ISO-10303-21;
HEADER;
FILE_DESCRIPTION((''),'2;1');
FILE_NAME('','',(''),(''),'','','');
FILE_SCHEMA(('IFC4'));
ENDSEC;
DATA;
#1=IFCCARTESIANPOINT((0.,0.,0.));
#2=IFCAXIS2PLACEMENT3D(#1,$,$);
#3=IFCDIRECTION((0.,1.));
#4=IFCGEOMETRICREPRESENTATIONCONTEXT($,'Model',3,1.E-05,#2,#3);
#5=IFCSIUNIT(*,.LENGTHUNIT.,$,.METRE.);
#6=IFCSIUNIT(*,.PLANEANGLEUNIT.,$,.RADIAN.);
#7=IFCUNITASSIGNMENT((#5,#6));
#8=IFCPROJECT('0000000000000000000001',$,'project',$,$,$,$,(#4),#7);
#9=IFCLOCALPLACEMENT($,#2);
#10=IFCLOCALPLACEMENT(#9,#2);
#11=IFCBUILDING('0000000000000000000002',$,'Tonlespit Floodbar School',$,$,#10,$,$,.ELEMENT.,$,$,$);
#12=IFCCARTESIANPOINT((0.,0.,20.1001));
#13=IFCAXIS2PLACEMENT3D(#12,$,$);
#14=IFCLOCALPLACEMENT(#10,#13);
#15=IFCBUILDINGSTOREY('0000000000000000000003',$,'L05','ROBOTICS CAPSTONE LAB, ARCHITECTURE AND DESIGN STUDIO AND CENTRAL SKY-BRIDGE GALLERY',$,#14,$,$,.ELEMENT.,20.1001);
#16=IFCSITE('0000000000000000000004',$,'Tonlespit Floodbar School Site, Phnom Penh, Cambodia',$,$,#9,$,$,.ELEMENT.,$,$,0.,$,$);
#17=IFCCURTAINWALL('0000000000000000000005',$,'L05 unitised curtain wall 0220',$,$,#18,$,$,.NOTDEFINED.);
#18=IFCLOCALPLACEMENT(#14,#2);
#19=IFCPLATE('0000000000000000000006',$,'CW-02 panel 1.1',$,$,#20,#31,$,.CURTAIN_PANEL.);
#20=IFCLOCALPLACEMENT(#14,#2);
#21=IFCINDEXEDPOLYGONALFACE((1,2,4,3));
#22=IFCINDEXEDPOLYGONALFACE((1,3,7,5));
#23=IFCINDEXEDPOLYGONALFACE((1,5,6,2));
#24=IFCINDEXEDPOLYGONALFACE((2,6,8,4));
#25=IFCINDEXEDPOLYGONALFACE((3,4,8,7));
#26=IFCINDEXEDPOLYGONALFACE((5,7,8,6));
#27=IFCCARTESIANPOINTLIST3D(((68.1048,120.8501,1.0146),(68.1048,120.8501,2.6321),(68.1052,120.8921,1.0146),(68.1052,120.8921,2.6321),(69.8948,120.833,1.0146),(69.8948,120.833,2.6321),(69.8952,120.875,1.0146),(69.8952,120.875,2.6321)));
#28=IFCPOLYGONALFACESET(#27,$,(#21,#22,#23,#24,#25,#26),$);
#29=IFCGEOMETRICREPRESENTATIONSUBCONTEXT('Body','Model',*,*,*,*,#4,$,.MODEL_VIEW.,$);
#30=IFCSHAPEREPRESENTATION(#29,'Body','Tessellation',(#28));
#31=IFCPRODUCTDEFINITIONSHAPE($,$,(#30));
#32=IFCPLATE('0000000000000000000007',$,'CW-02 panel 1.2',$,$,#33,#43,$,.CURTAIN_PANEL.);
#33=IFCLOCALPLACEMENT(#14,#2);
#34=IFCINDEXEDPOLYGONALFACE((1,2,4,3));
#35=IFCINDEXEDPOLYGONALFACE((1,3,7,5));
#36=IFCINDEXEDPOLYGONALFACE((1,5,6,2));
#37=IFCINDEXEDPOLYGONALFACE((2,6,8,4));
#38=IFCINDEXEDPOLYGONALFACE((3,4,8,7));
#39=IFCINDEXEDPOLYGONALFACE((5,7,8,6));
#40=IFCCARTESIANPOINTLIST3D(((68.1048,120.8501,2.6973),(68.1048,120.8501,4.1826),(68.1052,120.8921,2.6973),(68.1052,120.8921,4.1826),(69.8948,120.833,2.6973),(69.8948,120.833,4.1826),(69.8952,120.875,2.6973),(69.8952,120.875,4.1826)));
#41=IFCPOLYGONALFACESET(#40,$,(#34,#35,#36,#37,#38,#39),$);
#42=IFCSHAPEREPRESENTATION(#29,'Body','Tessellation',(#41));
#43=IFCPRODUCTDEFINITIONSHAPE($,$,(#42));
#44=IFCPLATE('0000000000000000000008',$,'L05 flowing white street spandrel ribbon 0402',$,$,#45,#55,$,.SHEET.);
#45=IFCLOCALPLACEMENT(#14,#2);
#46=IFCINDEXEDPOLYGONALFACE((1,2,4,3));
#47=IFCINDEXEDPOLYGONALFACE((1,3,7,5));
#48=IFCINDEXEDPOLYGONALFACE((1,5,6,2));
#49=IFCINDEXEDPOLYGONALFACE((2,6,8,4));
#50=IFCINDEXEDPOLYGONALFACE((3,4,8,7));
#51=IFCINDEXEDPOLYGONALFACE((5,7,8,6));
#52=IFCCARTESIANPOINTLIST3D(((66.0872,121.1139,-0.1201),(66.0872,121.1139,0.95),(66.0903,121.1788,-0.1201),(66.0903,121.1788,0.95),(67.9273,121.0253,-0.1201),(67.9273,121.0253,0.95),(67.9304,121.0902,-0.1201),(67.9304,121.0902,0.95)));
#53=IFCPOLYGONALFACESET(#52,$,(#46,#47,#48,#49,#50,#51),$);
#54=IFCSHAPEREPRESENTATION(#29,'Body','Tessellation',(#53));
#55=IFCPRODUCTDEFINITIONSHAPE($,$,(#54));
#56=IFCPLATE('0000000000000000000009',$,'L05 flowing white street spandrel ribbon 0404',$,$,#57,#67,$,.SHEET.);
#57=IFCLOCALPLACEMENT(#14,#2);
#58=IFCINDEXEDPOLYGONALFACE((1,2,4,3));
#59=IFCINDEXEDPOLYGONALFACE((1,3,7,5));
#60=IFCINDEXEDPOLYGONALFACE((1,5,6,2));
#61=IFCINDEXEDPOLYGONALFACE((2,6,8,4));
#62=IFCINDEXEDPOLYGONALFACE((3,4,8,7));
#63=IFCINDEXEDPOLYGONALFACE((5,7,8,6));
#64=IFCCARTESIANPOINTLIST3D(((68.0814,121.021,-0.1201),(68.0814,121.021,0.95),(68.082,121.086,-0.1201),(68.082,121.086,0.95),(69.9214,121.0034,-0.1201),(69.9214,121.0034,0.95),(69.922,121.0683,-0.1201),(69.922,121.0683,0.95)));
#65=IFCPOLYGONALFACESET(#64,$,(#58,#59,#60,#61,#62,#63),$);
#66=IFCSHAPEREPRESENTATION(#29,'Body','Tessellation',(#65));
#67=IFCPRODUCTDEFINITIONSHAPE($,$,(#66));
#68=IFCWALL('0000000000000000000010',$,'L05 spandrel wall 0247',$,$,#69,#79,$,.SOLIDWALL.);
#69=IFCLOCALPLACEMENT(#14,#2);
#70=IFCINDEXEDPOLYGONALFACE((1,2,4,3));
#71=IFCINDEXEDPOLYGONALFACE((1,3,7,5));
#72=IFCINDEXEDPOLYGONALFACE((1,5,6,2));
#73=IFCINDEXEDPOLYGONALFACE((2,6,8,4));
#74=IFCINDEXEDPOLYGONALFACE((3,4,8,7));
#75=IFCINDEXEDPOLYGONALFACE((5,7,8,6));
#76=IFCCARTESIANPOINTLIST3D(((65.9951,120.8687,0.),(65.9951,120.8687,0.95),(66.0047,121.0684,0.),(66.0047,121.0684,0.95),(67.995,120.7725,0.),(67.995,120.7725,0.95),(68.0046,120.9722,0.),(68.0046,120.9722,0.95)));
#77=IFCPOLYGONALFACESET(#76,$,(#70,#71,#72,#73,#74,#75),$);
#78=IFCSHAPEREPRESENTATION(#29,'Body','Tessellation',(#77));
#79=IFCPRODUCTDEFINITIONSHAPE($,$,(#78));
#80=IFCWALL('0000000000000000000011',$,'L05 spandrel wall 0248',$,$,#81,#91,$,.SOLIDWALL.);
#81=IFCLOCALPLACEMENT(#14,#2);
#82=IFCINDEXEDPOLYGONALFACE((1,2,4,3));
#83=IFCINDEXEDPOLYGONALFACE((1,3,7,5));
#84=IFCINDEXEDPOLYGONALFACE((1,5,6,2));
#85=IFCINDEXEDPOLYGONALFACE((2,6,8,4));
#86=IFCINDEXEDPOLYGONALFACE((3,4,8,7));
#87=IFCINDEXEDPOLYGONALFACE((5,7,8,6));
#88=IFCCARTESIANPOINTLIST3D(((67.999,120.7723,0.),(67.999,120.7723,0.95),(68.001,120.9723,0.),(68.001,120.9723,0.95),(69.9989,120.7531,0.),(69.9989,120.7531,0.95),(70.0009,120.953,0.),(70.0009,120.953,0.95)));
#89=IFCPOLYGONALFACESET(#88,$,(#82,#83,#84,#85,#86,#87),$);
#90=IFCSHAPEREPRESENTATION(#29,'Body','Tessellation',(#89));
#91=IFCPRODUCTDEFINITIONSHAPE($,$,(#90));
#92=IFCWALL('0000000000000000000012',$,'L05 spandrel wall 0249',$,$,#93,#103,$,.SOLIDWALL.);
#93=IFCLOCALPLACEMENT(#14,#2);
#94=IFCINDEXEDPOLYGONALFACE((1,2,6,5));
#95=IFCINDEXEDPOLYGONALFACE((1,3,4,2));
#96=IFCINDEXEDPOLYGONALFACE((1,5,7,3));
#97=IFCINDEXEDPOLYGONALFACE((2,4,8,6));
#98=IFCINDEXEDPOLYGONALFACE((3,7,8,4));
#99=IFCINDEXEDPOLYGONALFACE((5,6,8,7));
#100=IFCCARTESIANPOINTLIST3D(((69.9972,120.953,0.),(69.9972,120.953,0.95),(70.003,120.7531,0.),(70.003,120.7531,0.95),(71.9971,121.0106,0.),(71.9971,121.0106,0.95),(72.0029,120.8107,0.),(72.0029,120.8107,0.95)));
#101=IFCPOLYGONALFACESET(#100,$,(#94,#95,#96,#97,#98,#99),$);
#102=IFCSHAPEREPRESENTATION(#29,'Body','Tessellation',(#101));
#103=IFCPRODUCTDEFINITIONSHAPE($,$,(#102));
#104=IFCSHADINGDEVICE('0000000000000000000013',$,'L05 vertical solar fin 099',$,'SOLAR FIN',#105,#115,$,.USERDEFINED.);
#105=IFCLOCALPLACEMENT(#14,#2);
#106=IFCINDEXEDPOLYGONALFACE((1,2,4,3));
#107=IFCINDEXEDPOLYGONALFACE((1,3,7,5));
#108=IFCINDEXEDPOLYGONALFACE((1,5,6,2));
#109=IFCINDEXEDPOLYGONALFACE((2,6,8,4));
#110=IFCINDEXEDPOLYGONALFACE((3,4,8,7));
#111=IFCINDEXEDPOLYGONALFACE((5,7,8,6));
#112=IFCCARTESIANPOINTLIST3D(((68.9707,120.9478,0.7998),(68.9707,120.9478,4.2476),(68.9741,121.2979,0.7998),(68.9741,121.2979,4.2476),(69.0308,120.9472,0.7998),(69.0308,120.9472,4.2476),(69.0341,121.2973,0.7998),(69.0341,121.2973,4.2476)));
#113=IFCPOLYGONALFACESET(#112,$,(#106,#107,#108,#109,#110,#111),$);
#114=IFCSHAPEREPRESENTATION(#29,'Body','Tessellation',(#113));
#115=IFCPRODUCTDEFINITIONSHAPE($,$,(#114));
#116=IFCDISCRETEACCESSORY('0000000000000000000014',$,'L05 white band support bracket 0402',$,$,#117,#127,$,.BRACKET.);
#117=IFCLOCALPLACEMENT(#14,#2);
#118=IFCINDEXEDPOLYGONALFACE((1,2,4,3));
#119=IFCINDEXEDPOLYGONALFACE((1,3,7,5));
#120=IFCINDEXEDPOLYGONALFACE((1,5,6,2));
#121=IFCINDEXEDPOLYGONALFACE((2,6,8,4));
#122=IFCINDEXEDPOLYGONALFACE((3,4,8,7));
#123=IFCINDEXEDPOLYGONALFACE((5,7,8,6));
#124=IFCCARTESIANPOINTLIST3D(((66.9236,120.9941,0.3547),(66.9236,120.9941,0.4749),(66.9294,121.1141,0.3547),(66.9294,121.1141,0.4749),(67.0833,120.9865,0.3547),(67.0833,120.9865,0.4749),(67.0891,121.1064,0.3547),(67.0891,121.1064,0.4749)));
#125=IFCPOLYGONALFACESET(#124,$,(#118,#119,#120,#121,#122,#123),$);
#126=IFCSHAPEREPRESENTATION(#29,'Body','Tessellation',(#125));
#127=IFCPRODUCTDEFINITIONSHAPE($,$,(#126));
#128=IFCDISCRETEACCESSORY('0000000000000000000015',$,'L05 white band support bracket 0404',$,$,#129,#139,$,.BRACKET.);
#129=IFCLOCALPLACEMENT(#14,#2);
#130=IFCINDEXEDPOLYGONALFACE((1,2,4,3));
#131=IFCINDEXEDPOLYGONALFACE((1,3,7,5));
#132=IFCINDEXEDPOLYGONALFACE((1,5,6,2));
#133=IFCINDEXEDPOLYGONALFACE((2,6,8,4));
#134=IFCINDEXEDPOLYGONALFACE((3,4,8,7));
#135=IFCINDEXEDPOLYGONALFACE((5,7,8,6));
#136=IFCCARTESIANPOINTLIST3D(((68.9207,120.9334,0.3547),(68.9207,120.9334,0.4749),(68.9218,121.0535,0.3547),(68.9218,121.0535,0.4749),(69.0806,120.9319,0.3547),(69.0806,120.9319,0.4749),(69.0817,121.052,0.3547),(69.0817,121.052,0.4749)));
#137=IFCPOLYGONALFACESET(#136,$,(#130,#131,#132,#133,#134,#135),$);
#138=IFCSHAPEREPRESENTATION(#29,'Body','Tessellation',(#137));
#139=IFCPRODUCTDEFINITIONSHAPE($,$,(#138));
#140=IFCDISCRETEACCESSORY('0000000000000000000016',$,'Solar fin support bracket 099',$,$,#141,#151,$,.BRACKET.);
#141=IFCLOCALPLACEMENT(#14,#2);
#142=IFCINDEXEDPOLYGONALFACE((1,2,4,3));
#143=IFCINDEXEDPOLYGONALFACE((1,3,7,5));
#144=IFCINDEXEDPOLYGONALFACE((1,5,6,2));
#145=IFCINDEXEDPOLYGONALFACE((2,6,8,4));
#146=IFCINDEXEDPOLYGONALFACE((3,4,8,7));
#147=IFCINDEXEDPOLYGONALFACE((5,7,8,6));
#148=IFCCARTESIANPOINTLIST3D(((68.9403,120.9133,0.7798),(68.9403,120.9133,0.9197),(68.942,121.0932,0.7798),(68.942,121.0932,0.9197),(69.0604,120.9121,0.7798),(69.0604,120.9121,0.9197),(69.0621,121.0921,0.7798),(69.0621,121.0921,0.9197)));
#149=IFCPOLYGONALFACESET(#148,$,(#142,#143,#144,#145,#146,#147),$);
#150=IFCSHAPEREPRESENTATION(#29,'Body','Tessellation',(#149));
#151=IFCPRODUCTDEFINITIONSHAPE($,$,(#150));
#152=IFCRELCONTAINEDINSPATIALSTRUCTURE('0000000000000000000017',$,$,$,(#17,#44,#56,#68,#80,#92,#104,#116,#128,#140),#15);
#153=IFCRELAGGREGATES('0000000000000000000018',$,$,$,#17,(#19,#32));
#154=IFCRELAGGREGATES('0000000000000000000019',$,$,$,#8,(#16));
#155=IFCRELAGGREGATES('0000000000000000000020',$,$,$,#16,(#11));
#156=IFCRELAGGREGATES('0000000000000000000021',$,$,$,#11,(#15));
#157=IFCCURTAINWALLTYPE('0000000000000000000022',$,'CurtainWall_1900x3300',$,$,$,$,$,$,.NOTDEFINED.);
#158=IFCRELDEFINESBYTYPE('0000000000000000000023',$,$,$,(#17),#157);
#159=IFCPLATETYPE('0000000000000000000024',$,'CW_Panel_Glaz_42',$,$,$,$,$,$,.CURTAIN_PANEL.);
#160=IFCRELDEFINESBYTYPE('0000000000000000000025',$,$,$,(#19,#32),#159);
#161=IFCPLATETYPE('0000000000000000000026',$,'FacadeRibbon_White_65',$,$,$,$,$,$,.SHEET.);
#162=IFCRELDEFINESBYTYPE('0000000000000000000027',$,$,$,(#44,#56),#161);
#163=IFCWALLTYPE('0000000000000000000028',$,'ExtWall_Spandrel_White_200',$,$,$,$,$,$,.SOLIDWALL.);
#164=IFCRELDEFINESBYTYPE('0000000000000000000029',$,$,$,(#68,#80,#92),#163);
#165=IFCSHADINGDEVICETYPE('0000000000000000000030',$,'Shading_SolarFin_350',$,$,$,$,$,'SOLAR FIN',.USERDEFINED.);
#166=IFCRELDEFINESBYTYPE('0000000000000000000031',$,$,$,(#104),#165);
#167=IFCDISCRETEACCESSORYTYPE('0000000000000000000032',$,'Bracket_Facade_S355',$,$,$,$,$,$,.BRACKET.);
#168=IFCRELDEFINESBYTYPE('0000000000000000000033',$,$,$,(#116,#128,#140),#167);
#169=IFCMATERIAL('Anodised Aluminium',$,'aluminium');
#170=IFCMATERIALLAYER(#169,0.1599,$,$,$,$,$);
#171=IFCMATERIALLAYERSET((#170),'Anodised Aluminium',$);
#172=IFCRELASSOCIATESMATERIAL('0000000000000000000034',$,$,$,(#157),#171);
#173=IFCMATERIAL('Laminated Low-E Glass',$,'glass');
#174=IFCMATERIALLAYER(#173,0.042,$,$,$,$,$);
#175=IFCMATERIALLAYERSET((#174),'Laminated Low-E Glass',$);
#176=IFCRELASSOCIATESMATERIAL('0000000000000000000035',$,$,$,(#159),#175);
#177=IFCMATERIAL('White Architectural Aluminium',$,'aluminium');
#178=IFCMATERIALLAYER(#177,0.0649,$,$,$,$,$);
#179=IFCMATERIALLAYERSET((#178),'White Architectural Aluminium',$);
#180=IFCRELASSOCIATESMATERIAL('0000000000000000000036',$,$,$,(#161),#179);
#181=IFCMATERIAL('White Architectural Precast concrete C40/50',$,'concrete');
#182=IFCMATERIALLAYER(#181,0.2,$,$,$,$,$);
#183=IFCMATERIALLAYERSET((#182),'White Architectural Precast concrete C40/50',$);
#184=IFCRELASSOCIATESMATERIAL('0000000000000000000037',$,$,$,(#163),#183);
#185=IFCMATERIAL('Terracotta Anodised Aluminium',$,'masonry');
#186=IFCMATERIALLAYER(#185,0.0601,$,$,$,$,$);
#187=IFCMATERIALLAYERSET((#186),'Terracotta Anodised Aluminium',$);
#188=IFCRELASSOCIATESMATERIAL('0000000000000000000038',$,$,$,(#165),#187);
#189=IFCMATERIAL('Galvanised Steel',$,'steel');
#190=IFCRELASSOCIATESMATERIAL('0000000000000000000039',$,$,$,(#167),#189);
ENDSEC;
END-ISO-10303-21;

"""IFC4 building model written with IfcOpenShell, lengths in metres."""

from ifc_helpers import new_model, si_unit, direction, frame, frame_2d, origin, origin_2d, place, context, subcontext, project, spatial, rectangle, extrude, material, layer, layer_set, type_object, element, aggregate, save


model = new_model("IFC4")

# Units and contexts
model_context = context("Model", 3, precision=1e-05, world=origin(), true_north=direction((0.0, 1.0)))
body_context = subcontext(model_context, "Body", "Model", "MODEL_VIEW")
ifc_project = project(units=[si_unit("LENGTHUNIT", "METRE"), si_unit("PLANEANGLEUNIT", "RADIAN")], contexts=[model_context])

# Site, building, storey
site_placement = place(None, origin())
site = spatial("IfcSite", under=ifc_project, at=site_placement, Name="Tonlespit Floodbar School Site, Phnom Penh, Cambodia", CompositionType="ELEMENT", RefElevation=0.0)
building_placement = place(site_placement, origin())
building = spatial("IfcBuilding", under=site, at=building_placement, Name="Tonlespit Floodbar School", CompositionType="ELEMENT")
storey_placement = place(building_placement, frame((0.0, 0.0, 20.1001)))
storey = spatial("IfcBuildingStorey", under=building, at=storey_placement, Name="L05", Description="ROBOTICS CAPSTONE LAB, ARCHITECTURE AND DESIGN STUDIO AND CENTRAL SKY-BRIDGE GALLERY", CompositionType="ELEMENT", Elevation=20.1001)

# Curtain wall
ifc_material_1 = material(Name="Anodised Aluminium", Category="aluminium")
ifc_layer_1 = layer(ifc_material_1, 0.1599)
ifc_layer_set_1 = layer_set([ifc_layer_1], Name="Anodised Aluminium")
curtain_wall_type_1 = type_object("IfcCurtainWallType", Name="CurtainWall_1900x3300", PredefinedType="NOTDEFINED", material=ifc_layer_set_1)
curtain_wall_1_placement = place(storey_placement, origin())
curtain_wall_1 = element("IfcCurtainWall", 1, at=curtain_wall_1_placement, inside=storey, type_object=curtain_wall_type_1, Name="L05 unitised curtain wall 0220", PredefinedType="NOTDEFINED")

# Plates
ifc_material_2 = material(Name="Laminated Low-E Glass", Category="glass")
ifc_layer_2 = layer(ifc_material_2, 0.042)
ifc_layer_set_2 = layer_set([ifc_layer_2], Name="Laminated Low-E Glass")
plate_type_1 = type_object("IfcPlateType", Name="CW_Panel_Glaz_42", PredefinedType="CURTAIN_PANEL", material=ifc_layer_set_2)
plate_1_placement = place(storey_placement, frame((69.0, 120.8625, 1.0146), z_axis=(0.0, 0.0, 1.0), x_axis=(0.999954, -0.009583, 0.0)))
plate_1 = element("IfcPlate", 2, at=plate_1_placement, type_object=plate_type_1, Name="CW-02 panel 1.1", PredefinedType="CURTAIN_PANEL", context=body_context, shape_type="SweptSolid", body=[
    extrude(rectangle(XDim=1.79, YDim=0.042, at=origin_2d()), origin(), (0.0, 0.0, 1.0), 1.6174),
])
plate_2_placement = place(storey_placement, frame((69.0, 120.8625, 2.6973), z_axis=(0.0, 0.0, 1.0), x_axis=(0.999954, -0.009583, 0.0)))
plate_2 = element("IfcPlate", 3, at=plate_2_placement, type_object=plate_type_1, Name="CW-02 panel 1.2", PredefinedType="CURTAIN_PANEL", context=body_context, shape_type="SweptSolid", body=[
    extrude(rectangle(XDim=1.79, YDim=0.042, at=origin_2d()), origin(), (0.0, 0.0, 1.0), 1.4854),
])
aggregate(curtain_wall_1, [plate_1, plate_2])

# Plates
ifc_material_3 = material(Name="White Architectural Aluminium", Category="aluminium")
ifc_layer_3 = layer(ifc_material_3, 0.0649)
ifc_layer_set_3 = layer_set([ifc_layer_3], Name="White Architectural Aluminium")
plate_type_2 = type_object("IfcPlateType", Name="FacadeRibbon_White_65", PredefinedType="SHEET", material=ifc_layer_set_3)
plate_3_placement = place(storey_placement, frame((67.0088, 121.1021, -0.1201), z_axis=(0.0, 0.0, 1.0), x_axis=(0.998843, -0.048095, 0.0)))
element("IfcPlate", 4, at=plate_3_placement, inside=storey, type_object=plate_type_2, Name="L05 flowing white street spandrel ribbon 0402", PredefinedType="SHEET", context=body_context, shape_type="SweptSolid", body=[
    extrude(rectangle(XDim=1.8423, YDim=0.0649, at=origin_2d()), origin(), (0.0, 0.0, 1.0), 1.0701),
])
plate_4_placement = place(storey_placement, frame((69.0017, 121.0447, -0.1201), z_axis=(0.0, 0.0, 1.0), x_axis=(0.999954, -0.009599, 0.0)))
element("IfcPlate", 5, at=plate_4_placement, inside=storey, type_object=plate_type_2, Name="L05 flowing white street spandrel ribbon 0404", PredefinedType="SHEET", context=body_context, shape_type="SweptSolid", body=[
    extrude(rectangle(XDim=1.8401, YDim=0.0649, at=origin_2d()), origin(), (0.0, 0.0, 1.0), 1.0701),
])

# Walls
ifc_material_4 = material(Name="White Architectural Precast concrete C40/50", Category="concrete")
ifc_layer_4 = layer(ifc_material_4, 0.2)
ifc_layer_set_4 = layer_set([ifc_layer_4], Name="White Architectural Precast concrete C40/50")
wall_type = type_object("IfcWallType", Name="ExtWall_Spandrel_White_200", PredefinedType="SOLIDWALL", material=ifc_layer_set_4)
wall_1_placement = place(storey_placement, frame((66.0, 120.9685, 0.0), z_axis=(0.0, 0.0, 1.0), x_axis=(0.998845, -0.04804, 0.0)))
element("IfcWall", 6, at=wall_1_placement, inside=storey, type_object=wall_type, Name="L05 spandrel wall 0247", PredefinedType="SOLIDWALL", context=body_context, shape_type="SweptSolid", body=[
    extrude(rectangle(XDim=2.0022, YDim=0.2, at=frame_2d((1.001, 0.0))), origin(), (0.0, 0.0, 1.0), 0.95),
])
wall_2_placement = place(storey_placement, frame((68.0, 120.8723, 0.0), z_axis=(0.0, 0.0, 1.0), x_axis=(0.999954, -0.009643, 0.0)))
element("IfcWall", 7, at=wall_2_placement, inside=storey, type_object=wall_type, Name="L05 spandrel wall 0248", PredefinedType="SOLIDWALL", context=body_context, shape_type="SweptSolid", body=[
    extrude(rectangle(XDim=2.0, YDim=0.2, at=frame_2d((1.0, 0.0))), origin(), (0.0, 0.0, 1.0), 0.95),
])
wall_3_placement = place(storey_placement, frame((70.0, 120.853, 0.0), z_axis=(0.0, 0.0, 1.0), x_axis=(0.999585, 0.028797, 0.0)))
element("IfcWall", 8, at=wall_3_placement, inside=storey, type_object=wall_type, Name="L05 spandrel wall 0249", PredefinedType="SOLIDWALL", context=body_context, shape_type="SweptSolid", body=[
    extrude(rectangle(XDim=2.0007, YDim=0.2, at=frame_2d((1.0005, 0.0))), origin(), (0.0, 0.0, 1.0), 0.95),
])

# Shading device
ifc_material_5 = material(Name="Terracotta Anodised Aluminium", Category="masonry")
ifc_layer_5 = layer(ifc_material_5, 0.0601)
ifc_layer_set_5 = layer_set([ifc_layer_5], Name="Terracotta Anodised Aluminium")
shading_device_type = type_object("IfcShadingDeviceType", Name="Shading_SolarFin_350", ElementType="SOLAR FIN", PredefinedType="USERDEFINED", material=ifc_layer_set_5)
shading_device_placement = place(storey_placement, frame((69.0024, 121.1226, 0.7998), z_axis=(0.0, 0.0, 1.0), x_axis=(0.999954, -0.009599, 0.0)))
element("IfcShadingDevice", 9, at=shading_device_placement, inside=storey, type_object=shading_device_type, Name="L05 vertical solar fin 099", ObjectType="SOLAR FIN", PredefinedType="USERDEFINED", context=body_context, shape_type="SweptSolid", body=[
    extrude(rectangle(XDim=0.0601, YDim=0.3501, at=origin_2d()), origin(), (0.0, 0.0, 1.0), 3.4478),
])

# Discrete accessories
ifc_material_6 = material(Name="Galvanised Steel", Category="steel")
discrete_accessory_type = type_object("IfcDiscreteAccessoryType", Name="Bracket_Facade_S355", PredefinedType="BRACKET", material=ifc_material_6)
for number, where, z_axis, x_axis, name in (
    (10, (67.0063, 121.0503, 0.3547), (0.0, 0.0, 1.0), (0.998843, -0.048095, 0.0), "L05 white band support bracket 0402"),
    (11, (69.0012, 120.9927, 0.3547), (0.0, 0.0, 1.0), (0.999954, -0.009599, 0.0), "L05 white band support bracket 0404"),
):
    element("IfcDiscreteAccessory", number, at=place(storey_placement, frame(where, z_axis=z_axis, x_axis=x_axis)), inside=storey, type_object=discrete_accessory_type, Name=name, PredefinedType="BRACKET", context=body_context, shape_type="SweptSolid", body=[
        extrude(rectangle(XDim=0.1599, YDim=0.1201, at=origin_2d()), origin(), (0.0, 0.0, 1.0), 0.1201),
    ])
discrete_accessory_placement = place(storey_placement, frame((69.0012, 121.0027, 0.7798), z_axis=(0.0, 0.0, 1.0), x_axis=(0.999954, -0.009599, 0.0)))
element("IfcDiscreteAccessory", 12, at=discrete_accessory_placement, inside=storey, type_object=discrete_accessory_type, Name="Solar fin support bracket 099", PredefinedType="BRACKET", context=body_context, shape_type="SweptSolid", body=[
    extrude(rectangle(XDim=0.1201, YDim=0.1799, at=origin_2d()), origin(), (0.0, 0.0, 1.0), 0.1399),
])

save(model, "model.ifc")
